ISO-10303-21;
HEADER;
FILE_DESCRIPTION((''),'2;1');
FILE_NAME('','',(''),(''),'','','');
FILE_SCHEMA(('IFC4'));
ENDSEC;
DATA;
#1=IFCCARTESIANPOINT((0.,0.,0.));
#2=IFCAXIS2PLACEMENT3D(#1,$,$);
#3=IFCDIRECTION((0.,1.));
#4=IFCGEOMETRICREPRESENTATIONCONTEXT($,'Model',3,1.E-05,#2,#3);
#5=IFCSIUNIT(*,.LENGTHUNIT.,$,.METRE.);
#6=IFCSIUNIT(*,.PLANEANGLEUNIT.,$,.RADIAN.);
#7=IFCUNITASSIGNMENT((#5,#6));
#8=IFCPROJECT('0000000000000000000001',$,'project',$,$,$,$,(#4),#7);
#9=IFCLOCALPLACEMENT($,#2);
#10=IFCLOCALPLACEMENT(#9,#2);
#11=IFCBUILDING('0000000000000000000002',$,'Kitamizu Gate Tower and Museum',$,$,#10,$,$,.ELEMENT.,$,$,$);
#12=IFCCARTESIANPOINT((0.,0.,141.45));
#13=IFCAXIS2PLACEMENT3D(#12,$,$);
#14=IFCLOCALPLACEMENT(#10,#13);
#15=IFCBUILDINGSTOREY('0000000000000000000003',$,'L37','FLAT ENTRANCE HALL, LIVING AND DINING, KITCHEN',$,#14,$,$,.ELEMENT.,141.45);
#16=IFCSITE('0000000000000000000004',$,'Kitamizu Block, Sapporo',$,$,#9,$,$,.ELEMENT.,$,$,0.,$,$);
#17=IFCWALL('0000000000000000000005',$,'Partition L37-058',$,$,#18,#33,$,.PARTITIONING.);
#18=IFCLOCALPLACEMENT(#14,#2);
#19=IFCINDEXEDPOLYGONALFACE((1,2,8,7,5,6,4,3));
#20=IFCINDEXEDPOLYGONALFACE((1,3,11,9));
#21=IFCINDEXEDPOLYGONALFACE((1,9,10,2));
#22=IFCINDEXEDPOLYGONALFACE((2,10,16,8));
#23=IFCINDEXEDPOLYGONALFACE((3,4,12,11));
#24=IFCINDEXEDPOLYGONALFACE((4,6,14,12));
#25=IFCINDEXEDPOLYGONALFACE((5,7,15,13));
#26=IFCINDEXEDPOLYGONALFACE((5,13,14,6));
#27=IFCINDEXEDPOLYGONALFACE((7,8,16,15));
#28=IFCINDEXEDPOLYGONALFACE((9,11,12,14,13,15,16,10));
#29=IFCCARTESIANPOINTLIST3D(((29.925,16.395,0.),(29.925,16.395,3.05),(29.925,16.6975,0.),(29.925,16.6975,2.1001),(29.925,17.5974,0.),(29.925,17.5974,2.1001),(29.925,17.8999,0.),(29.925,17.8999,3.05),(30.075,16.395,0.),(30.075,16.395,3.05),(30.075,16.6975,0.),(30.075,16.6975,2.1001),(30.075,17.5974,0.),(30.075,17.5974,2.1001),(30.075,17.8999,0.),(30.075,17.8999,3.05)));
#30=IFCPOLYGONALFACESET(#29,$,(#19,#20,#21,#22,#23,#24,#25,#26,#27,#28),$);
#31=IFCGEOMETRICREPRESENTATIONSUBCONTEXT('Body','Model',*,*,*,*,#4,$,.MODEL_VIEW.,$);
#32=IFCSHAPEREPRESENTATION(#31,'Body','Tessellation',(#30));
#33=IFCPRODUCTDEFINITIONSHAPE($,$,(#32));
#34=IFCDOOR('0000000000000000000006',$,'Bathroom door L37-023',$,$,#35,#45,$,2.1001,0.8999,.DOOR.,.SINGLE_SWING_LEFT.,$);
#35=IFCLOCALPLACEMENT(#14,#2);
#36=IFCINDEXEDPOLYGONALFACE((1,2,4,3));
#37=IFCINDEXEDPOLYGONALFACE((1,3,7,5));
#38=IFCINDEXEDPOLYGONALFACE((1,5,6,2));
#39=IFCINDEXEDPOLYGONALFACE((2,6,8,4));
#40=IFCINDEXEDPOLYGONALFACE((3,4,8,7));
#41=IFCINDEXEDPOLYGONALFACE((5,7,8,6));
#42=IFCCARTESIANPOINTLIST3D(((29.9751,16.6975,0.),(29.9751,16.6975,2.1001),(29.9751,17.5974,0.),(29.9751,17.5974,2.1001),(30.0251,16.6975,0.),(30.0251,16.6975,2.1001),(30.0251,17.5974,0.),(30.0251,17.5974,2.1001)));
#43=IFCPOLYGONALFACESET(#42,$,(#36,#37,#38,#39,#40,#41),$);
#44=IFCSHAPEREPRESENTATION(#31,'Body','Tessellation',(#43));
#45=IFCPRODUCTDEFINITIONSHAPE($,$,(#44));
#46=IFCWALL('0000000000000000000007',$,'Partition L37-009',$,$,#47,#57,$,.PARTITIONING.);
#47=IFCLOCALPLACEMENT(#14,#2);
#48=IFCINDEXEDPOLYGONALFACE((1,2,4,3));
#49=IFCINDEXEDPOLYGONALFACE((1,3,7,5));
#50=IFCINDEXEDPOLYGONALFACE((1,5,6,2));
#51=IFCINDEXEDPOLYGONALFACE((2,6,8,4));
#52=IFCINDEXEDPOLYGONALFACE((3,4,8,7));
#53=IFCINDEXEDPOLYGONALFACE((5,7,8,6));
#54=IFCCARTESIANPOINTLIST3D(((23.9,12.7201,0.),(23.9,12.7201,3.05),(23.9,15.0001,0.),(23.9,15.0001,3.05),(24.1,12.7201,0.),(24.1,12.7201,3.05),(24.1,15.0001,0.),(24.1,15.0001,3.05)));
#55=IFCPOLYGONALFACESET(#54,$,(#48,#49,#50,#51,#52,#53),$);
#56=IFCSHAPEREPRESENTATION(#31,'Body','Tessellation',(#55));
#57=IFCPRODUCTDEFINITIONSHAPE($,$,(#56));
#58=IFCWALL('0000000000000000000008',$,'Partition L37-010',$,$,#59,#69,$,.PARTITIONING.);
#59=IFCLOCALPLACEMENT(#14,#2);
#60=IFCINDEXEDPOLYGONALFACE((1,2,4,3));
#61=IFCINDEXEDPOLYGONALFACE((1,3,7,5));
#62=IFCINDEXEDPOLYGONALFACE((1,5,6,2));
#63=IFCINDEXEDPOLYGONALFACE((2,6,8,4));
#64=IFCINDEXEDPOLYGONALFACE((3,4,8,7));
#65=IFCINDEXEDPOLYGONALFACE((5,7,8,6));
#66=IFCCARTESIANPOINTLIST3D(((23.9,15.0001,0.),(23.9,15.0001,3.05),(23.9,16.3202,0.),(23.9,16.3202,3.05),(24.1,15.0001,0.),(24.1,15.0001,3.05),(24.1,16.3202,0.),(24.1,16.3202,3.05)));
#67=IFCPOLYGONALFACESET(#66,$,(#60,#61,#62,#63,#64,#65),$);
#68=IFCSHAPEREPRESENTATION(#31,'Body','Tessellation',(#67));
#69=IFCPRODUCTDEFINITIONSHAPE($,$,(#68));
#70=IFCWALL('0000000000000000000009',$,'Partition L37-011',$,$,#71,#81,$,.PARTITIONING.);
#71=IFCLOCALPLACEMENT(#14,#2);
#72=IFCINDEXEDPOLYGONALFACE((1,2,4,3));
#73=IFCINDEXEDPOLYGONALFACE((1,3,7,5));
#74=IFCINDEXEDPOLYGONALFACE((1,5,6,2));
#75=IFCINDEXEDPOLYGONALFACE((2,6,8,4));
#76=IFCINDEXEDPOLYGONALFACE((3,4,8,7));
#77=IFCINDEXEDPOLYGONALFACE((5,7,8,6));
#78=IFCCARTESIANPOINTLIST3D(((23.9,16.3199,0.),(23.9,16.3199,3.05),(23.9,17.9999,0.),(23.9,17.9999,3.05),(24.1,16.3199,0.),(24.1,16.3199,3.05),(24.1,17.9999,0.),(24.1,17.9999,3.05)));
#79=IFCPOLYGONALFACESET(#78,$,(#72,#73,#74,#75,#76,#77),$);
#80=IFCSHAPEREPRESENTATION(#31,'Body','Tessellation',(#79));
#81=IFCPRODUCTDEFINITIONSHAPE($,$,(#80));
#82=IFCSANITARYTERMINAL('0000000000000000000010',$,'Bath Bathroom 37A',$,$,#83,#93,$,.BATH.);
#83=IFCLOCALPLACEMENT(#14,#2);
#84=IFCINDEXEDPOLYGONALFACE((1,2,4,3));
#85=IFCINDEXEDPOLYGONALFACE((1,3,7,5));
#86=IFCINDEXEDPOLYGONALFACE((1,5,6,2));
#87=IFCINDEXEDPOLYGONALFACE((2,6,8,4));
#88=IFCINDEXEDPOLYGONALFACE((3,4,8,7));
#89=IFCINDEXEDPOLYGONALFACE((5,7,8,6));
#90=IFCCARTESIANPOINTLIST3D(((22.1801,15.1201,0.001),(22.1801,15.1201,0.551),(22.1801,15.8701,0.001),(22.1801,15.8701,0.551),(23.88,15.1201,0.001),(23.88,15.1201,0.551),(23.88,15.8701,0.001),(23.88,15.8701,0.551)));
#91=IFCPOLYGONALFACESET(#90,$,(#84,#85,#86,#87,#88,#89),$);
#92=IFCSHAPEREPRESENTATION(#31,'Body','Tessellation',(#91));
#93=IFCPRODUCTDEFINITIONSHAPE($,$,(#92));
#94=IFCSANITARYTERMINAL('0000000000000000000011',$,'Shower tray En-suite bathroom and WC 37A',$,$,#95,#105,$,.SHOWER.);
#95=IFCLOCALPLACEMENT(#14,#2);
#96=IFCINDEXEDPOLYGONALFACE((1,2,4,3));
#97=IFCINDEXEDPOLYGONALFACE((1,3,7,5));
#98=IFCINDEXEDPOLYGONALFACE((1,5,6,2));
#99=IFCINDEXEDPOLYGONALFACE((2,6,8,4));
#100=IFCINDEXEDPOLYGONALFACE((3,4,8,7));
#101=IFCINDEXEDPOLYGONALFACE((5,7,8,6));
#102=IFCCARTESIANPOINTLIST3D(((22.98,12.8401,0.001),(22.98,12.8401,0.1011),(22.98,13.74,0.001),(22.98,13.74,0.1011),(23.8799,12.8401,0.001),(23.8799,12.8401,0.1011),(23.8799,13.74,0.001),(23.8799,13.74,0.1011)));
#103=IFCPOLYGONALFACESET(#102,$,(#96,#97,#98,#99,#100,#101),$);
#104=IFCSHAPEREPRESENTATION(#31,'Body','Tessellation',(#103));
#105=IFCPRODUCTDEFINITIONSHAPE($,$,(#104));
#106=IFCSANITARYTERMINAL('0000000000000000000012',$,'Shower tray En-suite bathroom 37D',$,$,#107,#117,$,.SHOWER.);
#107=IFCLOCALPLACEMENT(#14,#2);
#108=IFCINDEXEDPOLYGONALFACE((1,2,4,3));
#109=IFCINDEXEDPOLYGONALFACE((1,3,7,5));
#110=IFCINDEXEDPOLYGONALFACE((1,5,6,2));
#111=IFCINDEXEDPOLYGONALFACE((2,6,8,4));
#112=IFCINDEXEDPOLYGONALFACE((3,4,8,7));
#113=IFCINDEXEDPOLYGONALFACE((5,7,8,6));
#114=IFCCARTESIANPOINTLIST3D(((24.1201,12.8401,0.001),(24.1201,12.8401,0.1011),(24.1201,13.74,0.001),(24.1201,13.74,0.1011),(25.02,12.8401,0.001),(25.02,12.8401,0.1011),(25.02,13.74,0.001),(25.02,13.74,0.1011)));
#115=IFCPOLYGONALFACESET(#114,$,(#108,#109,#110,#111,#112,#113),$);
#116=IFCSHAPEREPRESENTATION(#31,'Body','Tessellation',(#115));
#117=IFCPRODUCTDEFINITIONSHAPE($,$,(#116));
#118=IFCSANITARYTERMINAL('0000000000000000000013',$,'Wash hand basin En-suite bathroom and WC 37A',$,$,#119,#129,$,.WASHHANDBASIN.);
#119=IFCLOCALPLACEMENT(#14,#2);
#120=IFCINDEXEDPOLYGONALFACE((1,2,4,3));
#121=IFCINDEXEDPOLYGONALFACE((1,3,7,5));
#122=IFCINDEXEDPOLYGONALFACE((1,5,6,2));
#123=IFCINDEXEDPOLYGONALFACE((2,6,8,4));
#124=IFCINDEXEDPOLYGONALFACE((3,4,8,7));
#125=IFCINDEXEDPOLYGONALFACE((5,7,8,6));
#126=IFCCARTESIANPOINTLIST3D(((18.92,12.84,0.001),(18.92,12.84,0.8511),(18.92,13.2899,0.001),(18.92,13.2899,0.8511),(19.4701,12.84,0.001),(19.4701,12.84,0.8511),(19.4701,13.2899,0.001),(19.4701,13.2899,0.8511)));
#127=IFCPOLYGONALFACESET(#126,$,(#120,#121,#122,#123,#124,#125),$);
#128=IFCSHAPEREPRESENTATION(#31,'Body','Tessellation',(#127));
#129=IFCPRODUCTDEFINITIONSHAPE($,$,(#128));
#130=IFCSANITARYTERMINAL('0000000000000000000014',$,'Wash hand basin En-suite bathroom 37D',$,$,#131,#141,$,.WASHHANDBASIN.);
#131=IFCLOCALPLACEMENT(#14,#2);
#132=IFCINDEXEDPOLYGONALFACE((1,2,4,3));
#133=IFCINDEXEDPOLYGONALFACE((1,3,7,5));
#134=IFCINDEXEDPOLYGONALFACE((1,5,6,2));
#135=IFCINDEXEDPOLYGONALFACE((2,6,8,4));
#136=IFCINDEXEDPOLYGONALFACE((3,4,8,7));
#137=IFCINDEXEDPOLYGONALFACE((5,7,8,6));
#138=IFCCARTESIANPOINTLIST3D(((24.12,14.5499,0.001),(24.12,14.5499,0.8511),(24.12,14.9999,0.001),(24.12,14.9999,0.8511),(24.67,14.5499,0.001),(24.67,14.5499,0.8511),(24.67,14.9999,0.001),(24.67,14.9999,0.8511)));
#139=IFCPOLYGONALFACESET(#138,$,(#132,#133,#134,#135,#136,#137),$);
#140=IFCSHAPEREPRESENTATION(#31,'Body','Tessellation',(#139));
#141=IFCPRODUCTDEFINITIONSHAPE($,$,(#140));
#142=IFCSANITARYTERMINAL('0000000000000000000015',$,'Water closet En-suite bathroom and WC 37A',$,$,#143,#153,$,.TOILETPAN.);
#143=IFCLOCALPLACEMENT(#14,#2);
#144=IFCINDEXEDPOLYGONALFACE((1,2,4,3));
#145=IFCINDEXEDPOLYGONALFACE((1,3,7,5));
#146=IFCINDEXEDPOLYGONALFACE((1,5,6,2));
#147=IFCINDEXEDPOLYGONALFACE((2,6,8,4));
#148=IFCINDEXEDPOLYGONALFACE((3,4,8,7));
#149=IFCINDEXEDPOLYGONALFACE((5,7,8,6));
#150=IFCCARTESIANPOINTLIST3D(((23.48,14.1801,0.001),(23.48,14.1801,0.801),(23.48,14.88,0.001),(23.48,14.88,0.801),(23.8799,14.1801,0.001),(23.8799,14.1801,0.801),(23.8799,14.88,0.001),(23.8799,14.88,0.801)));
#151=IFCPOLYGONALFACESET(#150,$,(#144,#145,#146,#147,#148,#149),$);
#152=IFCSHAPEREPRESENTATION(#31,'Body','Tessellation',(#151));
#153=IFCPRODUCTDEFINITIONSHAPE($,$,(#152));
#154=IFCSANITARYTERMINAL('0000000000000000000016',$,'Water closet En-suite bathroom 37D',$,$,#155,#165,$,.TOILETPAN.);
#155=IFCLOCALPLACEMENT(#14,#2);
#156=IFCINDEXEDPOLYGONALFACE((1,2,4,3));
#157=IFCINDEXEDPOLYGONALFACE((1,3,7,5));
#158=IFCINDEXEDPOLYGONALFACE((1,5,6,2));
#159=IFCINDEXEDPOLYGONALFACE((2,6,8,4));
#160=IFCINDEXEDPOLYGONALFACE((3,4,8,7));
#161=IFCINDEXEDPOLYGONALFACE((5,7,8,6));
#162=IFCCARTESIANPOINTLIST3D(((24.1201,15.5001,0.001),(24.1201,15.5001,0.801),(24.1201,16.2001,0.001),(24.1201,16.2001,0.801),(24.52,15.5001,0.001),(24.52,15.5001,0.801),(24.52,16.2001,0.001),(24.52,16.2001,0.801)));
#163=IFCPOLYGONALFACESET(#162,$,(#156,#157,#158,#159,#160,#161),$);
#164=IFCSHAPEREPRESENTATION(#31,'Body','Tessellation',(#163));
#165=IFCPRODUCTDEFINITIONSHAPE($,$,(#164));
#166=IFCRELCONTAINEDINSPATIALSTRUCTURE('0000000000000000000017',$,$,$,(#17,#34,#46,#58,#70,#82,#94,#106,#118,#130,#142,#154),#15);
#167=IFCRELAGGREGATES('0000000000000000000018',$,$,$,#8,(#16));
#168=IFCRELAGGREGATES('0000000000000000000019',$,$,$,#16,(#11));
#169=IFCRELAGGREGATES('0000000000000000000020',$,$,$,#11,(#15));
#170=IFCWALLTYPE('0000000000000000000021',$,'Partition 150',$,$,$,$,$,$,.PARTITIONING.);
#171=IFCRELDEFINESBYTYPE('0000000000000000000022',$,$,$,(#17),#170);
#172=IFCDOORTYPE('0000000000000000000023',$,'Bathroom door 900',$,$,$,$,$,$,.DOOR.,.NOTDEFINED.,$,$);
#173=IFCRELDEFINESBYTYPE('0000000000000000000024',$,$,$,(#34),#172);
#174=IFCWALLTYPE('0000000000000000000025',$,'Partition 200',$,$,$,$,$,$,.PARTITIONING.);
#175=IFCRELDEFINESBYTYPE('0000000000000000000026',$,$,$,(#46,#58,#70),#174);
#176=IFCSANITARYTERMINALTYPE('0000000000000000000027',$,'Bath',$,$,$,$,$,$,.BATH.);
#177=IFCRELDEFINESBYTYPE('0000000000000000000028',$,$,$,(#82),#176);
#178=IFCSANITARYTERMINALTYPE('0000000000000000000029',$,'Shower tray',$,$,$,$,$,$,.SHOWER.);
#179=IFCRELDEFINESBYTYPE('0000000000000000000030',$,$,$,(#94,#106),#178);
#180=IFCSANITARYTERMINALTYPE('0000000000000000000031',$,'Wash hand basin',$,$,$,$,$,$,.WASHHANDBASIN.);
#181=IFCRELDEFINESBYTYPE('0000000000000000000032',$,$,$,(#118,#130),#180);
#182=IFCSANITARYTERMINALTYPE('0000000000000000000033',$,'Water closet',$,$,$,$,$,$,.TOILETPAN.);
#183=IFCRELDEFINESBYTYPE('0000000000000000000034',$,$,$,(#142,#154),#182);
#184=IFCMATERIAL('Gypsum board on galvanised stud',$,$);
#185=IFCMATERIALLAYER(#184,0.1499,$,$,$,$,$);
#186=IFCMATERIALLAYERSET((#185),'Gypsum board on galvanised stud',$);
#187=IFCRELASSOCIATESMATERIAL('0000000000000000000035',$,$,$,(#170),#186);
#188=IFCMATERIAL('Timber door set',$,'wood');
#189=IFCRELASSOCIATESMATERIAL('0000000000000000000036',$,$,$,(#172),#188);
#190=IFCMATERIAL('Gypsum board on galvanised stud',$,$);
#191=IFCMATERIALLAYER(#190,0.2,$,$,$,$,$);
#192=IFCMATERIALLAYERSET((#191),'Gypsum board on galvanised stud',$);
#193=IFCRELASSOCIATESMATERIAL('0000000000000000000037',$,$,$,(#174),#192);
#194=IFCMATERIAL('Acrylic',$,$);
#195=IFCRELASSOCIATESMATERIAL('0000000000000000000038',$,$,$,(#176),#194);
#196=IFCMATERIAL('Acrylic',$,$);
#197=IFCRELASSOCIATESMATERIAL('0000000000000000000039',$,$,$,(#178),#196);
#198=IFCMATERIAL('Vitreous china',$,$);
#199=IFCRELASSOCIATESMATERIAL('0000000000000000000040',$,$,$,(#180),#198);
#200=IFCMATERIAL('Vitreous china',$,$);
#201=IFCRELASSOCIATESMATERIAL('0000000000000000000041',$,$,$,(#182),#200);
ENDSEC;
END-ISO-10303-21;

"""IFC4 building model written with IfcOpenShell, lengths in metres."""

from ifc_helpers import new_model, si_unit, direction, frame, frame_2d, origin, origin_2d, place, context, subcontext, project, spatial, rectangle, extrude, material, layer, layer_set, type_object, element, fill, save


model = new_model("IFC4")

# Units and contexts
model_context = context("Model", 3, precision=1e-05, world=origin(), true_north=direction((0.0, 1.0)))
body_context = subcontext(model_context, "Body", "Model", "MODEL_VIEW")
ifc_project = project(units=[si_unit("LENGTHUNIT", "METRE"), si_unit("PLANEANGLEUNIT", "RADIAN")], contexts=[model_context])

# Site, building, storey
site_placement = place(None, origin())
site = spatial("IfcSite", under=ifc_project, at=site_placement, Name="Kitamizu Block, Sapporo", CompositionType="ELEMENT", RefElevation=0.0)
building_placement = place(site_placement, origin())
building = spatial("IfcBuilding", under=site, at=building_placement, Name="Kitamizu Gate Tower and Museum", CompositionType="ELEMENT")
storey_placement = place(building_placement, frame((0.0, 0.0, 141.45)))
storey = spatial("IfcBuildingStorey", under=building, at=storey_placement, Name="L37", Description="FLAT ENTRANCE HALL, LIVING AND DINING, KITCHEN", CompositionType="ELEMENT", Elevation=141.45)

# Shared definitions
ifc_material_1 = material(Name="Gypsum board on galvanised stud")
ifc_layer_1 = layer(ifc_material_1, 0.1499)
ifc_layer_set_1 = layer_set([ifc_layer_1], Name="Gypsum board on galvanised stud")
wall_type_1 = type_object("IfcWallType", Name="Partition 150", PredefinedType="PARTITIONING", material=ifc_layer_set_1)
ifc_material_2 = material(Name="Timber door set", Category="wood")
door_type = type_object("IfcDoorType", Name="Bathroom door 900", OperationType="NOTDEFINED", PredefinedType="DOOR", material=ifc_material_2)

# Wall, opening, door
wall_1_placement = place(storey_placement, frame((30.0, 16.395, 0.0), z_axis=(0.0, 0.0, 1.0), x_axis=(0.0, 1.0, 0.0)))
wall_1 = element("IfcWall", 1, at=wall_1_placement, inside=storey, type_object=wall_type_1, Name="Partition L37-058", PredefinedType="PARTITIONING", context=body_context, shape_type="SweptSolid", body=[
    extrude(rectangle(XDim=1.5049, YDim=0.1499, at=frame_2d((0.7524, 0.0))), origin(), (0.0, 0.0, 1.0), 3.05),
])
opening_1_placement = place(wall_1_placement, frame((0.3025, 0.0, 0.0)))
opening_1 = element("IfcOpeningElement", 2, at=opening_1_placement, cuts=wall_1, PredefinedType="OPENING", context=body_context, shape_type="SweptSolid", body=[
    extrude(rectangle(XDim=0.8999, YDim=2.1001, at=frame_2d((0.45, 1.05))), frame((0.0, 0.085, 0.0), z_axis=(0.0, -1.0, 0.0), x_axis=(1.0, 0.0, 0.0)), (0.0, 0.0, 1.0), 0.1699),
])
door_1_placement = place(opening_1_placement, origin())
door_1 = element("IfcDoor", 3, at=door_1_placement, inside=storey, type_object=door_type, Name="Bathroom door L37-023", OperationType="SINGLE_SWING_LEFT", OverallHeight=2.1001, OverallWidth=0.8999, PredefinedType="DOOR", context=body_context, shape_type="SweptSolid", body=[
    extrude(rectangle(XDim=0.8999, YDim=2.1001, at=frame_2d((0.45, 1.05))), frame((0.0, 0.0249, 0.0), z_axis=(0.0, -1.0, 0.0), x_axis=(1.0, 0.0, 0.0)), (0.0, 0.0, 1.0), 0.05),
])
fill(opening_1, door_1)

# Walls
ifc_material_3 = material(Name="Gypsum board on galvanised stud")
ifc_layer_2 = layer(ifc_material_3, 0.2)
ifc_layer_set_2 = layer_set([ifc_layer_2], Name="Gypsum board on galvanised stud")
wall_type_2 = type_object("IfcWallType", Name="Partition 200", PredefinedType="PARTITIONING", material=ifc_layer_set_2)
wall_2_placement = place(storey_placement, frame((24.0, 12.72, 0.0), z_axis=(0.0, 0.0, 1.0), x_axis=(0.0, 1.0, 0.0)))
element("IfcWall", 4, at=wall_2_placement, inside=storey, type_object=wall_type_2, Name="Partition L37-009", PredefinedType="PARTITIONING", context=body_context, shape_type="SweptSolid", body=[
    extrude(rectangle(XDim=2.28, YDim=0.2, at=frame_2d((1.1401, 0.0))), origin(), (0.0, 0.0, 1.0), 3.05),
])
wall_3_placement = place(storey_placement, frame((24.0, 15.0, 0.0), z_axis=(0.0, 0.0, 1.0), x_axis=(0.0, 1.0, 0.0)))
element("IfcWall", 5, at=wall_3_placement, inside=storey, type_object=wall_type_2, Name="Partition L37-010", PredefinedType="PARTITIONING", context=body_context, shape_type="SweptSolid", body=[
    extrude(rectangle(XDim=1.3201, YDim=0.2, at=frame_2d((0.6602, 0.0))), origin(), (0.0, 0.0, 1.0), 3.05),
])
wall_4_placement = place(storey_placement, frame((24.0, 16.3201, 0.0), z_axis=(0.0, 0.0, 1.0), x_axis=(0.0, 1.0, 0.0)))
element("IfcWall", 6, at=wall_4_placement, inside=storey, type_object=wall_type_2, Name="Partition L37-011", PredefinedType="PARTITIONING", context=body_context, shape_type="SweptSolid", body=[
    extrude(rectangle(XDim=1.6799, YDim=0.2, at=frame_2d((0.8398, 0.0))), origin(), (0.0, 0.0, 1.0), 3.05),
])

# Sanitary terminals
ifc_material_4 = material(Name="Acrylic")
sanitary_terminal_type_1 = type_object("IfcSanitaryTerminalType", Name="Bath", PredefinedType="BATH", material=ifc_material_4)
sanitary_terminal_placement = place(storey_placement, frame((23.03, 15.4951, 0.001), z_axis=(0.0, 0.0, 1.0), x_axis=(1.0, 0.0, 0.0)))
element("IfcSanitaryTerminal", 7, at=sanitary_terminal_placement, inside=storey, type_object=sanitary_terminal_type_1, Name="Bath Bathroom 37A", PredefinedType="BATH", context=body_context, shape_type="SweptSolid", body=[
    extrude(rectangle(XDim=1.7, YDim=0.75, at=origin_2d()), origin(), (0.0, 0.0, 1.0), 0.55),
])
ifc_material_5 = material(Name="Acrylic")
sanitary_terminal_type_2 = type_object("IfcSanitaryTerminalType", Name="Shower tray", PredefinedType="SHOWER", material=ifc_material_5)
for number, where, z_axis, x_axis, name in (
    (8, (23.4299, 13.29, 0.001), (0.0, 0.0, 1.0), (1.0, 0.0, 0.0), "Shower tray En-suite bathroom and WC 37A"),
    (9, (24.5701, 13.29, 0.001), (0.0, 0.0, 1.0), (1.0, 0.0, 0.0), "Shower tray En-suite bathroom 37D"),
):
    element("IfcSanitaryTerminal", number, at=place(storey_placement, frame(where, z_axis=z_axis, x_axis=x_axis)), inside=storey, type_object=sanitary_terminal_type_2, Name=name, PredefinedType="SHOWER", context=body_context, shape_type="SweptSolid", body=[
        extrude(rectangle(XDim=0.8999, YDim=0.8999, at=origin_2d()), origin(), (0.0, 0.0, 1.0), 0.1001),
    ])
ifc_material_6 = material(Name="Vitreous china")
sanitary_terminal_type_3 = type_object("IfcSanitaryTerminalType", Name="Wash hand basin", PredefinedType="WASHHANDBASIN", material=ifc_material_6)
for number, where, z_axis, x_axis, name in (
    (10, (19.1951, 13.0649, 0.001), (0.0, 0.0, 1.0), (1.0, 0.0, 0.0), "Wash hand basin En-suite bathroom and WC 37A"),
    (11, (24.395, 14.7749, 0.001), (0.0, 0.0, 1.0), (1.0, 0.0, 0.0), "Wash hand basin En-suite bathroom 37D"),
):
    element("IfcSanitaryTerminal", number, at=place(storey_placement, frame(where, z_axis=z_axis, x_axis=x_axis)), inside=storey, type_object=sanitary_terminal_type_3, Name=name, PredefinedType="WASHHANDBASIN", context=body_context, shape_type="SweptSolid", body=[
        extrude(rectangle(XDim=0.55, YDim=0.45, at=origin_2d()), origin(), (0.0, 0.0, 1.0), 0.8501),
    ])
ifc_material_7 = material(Name="Vitreous china")
sanitary_terminal_type_4 = type_object("IfcSanitaryTerminalType", Name="Water closet", PredefinedType="TOILETPAN", material=ifc_material_7)
for number, where, z_axis, x_axis, name in (
    (12, (23.6799, 14.53, 0.001), (0.0, 0.0, 1.0), (1.0, 0.0, 0.0), "Water closet En-suite bathroom and WC 37A"),
    (13, (24.3201, 15.8501, 0.001), (0.0, 0.0, 1.0), (1.0, 0.0, 0.0), "Water closet En-suite bathroom 37D"),
):
    element("IfcSanitaryTerminal", number, at=place(storey_placement, frame(where, z_axis=z_axis, x_axis=x_axis)), inside=storey, type_object=sanitary_terminal_type_4, Name=name, PredefinedType="TOILETPAN", context=body_context, shape_type="SweptSolid", body=[
        extrude(rectangle(XDim=0.3999, YDim=0.7, at=origin_2d()), origin(), (0.0, 0.0, 1.0), 0.8),
    ])

save(model, "model.ifc")
